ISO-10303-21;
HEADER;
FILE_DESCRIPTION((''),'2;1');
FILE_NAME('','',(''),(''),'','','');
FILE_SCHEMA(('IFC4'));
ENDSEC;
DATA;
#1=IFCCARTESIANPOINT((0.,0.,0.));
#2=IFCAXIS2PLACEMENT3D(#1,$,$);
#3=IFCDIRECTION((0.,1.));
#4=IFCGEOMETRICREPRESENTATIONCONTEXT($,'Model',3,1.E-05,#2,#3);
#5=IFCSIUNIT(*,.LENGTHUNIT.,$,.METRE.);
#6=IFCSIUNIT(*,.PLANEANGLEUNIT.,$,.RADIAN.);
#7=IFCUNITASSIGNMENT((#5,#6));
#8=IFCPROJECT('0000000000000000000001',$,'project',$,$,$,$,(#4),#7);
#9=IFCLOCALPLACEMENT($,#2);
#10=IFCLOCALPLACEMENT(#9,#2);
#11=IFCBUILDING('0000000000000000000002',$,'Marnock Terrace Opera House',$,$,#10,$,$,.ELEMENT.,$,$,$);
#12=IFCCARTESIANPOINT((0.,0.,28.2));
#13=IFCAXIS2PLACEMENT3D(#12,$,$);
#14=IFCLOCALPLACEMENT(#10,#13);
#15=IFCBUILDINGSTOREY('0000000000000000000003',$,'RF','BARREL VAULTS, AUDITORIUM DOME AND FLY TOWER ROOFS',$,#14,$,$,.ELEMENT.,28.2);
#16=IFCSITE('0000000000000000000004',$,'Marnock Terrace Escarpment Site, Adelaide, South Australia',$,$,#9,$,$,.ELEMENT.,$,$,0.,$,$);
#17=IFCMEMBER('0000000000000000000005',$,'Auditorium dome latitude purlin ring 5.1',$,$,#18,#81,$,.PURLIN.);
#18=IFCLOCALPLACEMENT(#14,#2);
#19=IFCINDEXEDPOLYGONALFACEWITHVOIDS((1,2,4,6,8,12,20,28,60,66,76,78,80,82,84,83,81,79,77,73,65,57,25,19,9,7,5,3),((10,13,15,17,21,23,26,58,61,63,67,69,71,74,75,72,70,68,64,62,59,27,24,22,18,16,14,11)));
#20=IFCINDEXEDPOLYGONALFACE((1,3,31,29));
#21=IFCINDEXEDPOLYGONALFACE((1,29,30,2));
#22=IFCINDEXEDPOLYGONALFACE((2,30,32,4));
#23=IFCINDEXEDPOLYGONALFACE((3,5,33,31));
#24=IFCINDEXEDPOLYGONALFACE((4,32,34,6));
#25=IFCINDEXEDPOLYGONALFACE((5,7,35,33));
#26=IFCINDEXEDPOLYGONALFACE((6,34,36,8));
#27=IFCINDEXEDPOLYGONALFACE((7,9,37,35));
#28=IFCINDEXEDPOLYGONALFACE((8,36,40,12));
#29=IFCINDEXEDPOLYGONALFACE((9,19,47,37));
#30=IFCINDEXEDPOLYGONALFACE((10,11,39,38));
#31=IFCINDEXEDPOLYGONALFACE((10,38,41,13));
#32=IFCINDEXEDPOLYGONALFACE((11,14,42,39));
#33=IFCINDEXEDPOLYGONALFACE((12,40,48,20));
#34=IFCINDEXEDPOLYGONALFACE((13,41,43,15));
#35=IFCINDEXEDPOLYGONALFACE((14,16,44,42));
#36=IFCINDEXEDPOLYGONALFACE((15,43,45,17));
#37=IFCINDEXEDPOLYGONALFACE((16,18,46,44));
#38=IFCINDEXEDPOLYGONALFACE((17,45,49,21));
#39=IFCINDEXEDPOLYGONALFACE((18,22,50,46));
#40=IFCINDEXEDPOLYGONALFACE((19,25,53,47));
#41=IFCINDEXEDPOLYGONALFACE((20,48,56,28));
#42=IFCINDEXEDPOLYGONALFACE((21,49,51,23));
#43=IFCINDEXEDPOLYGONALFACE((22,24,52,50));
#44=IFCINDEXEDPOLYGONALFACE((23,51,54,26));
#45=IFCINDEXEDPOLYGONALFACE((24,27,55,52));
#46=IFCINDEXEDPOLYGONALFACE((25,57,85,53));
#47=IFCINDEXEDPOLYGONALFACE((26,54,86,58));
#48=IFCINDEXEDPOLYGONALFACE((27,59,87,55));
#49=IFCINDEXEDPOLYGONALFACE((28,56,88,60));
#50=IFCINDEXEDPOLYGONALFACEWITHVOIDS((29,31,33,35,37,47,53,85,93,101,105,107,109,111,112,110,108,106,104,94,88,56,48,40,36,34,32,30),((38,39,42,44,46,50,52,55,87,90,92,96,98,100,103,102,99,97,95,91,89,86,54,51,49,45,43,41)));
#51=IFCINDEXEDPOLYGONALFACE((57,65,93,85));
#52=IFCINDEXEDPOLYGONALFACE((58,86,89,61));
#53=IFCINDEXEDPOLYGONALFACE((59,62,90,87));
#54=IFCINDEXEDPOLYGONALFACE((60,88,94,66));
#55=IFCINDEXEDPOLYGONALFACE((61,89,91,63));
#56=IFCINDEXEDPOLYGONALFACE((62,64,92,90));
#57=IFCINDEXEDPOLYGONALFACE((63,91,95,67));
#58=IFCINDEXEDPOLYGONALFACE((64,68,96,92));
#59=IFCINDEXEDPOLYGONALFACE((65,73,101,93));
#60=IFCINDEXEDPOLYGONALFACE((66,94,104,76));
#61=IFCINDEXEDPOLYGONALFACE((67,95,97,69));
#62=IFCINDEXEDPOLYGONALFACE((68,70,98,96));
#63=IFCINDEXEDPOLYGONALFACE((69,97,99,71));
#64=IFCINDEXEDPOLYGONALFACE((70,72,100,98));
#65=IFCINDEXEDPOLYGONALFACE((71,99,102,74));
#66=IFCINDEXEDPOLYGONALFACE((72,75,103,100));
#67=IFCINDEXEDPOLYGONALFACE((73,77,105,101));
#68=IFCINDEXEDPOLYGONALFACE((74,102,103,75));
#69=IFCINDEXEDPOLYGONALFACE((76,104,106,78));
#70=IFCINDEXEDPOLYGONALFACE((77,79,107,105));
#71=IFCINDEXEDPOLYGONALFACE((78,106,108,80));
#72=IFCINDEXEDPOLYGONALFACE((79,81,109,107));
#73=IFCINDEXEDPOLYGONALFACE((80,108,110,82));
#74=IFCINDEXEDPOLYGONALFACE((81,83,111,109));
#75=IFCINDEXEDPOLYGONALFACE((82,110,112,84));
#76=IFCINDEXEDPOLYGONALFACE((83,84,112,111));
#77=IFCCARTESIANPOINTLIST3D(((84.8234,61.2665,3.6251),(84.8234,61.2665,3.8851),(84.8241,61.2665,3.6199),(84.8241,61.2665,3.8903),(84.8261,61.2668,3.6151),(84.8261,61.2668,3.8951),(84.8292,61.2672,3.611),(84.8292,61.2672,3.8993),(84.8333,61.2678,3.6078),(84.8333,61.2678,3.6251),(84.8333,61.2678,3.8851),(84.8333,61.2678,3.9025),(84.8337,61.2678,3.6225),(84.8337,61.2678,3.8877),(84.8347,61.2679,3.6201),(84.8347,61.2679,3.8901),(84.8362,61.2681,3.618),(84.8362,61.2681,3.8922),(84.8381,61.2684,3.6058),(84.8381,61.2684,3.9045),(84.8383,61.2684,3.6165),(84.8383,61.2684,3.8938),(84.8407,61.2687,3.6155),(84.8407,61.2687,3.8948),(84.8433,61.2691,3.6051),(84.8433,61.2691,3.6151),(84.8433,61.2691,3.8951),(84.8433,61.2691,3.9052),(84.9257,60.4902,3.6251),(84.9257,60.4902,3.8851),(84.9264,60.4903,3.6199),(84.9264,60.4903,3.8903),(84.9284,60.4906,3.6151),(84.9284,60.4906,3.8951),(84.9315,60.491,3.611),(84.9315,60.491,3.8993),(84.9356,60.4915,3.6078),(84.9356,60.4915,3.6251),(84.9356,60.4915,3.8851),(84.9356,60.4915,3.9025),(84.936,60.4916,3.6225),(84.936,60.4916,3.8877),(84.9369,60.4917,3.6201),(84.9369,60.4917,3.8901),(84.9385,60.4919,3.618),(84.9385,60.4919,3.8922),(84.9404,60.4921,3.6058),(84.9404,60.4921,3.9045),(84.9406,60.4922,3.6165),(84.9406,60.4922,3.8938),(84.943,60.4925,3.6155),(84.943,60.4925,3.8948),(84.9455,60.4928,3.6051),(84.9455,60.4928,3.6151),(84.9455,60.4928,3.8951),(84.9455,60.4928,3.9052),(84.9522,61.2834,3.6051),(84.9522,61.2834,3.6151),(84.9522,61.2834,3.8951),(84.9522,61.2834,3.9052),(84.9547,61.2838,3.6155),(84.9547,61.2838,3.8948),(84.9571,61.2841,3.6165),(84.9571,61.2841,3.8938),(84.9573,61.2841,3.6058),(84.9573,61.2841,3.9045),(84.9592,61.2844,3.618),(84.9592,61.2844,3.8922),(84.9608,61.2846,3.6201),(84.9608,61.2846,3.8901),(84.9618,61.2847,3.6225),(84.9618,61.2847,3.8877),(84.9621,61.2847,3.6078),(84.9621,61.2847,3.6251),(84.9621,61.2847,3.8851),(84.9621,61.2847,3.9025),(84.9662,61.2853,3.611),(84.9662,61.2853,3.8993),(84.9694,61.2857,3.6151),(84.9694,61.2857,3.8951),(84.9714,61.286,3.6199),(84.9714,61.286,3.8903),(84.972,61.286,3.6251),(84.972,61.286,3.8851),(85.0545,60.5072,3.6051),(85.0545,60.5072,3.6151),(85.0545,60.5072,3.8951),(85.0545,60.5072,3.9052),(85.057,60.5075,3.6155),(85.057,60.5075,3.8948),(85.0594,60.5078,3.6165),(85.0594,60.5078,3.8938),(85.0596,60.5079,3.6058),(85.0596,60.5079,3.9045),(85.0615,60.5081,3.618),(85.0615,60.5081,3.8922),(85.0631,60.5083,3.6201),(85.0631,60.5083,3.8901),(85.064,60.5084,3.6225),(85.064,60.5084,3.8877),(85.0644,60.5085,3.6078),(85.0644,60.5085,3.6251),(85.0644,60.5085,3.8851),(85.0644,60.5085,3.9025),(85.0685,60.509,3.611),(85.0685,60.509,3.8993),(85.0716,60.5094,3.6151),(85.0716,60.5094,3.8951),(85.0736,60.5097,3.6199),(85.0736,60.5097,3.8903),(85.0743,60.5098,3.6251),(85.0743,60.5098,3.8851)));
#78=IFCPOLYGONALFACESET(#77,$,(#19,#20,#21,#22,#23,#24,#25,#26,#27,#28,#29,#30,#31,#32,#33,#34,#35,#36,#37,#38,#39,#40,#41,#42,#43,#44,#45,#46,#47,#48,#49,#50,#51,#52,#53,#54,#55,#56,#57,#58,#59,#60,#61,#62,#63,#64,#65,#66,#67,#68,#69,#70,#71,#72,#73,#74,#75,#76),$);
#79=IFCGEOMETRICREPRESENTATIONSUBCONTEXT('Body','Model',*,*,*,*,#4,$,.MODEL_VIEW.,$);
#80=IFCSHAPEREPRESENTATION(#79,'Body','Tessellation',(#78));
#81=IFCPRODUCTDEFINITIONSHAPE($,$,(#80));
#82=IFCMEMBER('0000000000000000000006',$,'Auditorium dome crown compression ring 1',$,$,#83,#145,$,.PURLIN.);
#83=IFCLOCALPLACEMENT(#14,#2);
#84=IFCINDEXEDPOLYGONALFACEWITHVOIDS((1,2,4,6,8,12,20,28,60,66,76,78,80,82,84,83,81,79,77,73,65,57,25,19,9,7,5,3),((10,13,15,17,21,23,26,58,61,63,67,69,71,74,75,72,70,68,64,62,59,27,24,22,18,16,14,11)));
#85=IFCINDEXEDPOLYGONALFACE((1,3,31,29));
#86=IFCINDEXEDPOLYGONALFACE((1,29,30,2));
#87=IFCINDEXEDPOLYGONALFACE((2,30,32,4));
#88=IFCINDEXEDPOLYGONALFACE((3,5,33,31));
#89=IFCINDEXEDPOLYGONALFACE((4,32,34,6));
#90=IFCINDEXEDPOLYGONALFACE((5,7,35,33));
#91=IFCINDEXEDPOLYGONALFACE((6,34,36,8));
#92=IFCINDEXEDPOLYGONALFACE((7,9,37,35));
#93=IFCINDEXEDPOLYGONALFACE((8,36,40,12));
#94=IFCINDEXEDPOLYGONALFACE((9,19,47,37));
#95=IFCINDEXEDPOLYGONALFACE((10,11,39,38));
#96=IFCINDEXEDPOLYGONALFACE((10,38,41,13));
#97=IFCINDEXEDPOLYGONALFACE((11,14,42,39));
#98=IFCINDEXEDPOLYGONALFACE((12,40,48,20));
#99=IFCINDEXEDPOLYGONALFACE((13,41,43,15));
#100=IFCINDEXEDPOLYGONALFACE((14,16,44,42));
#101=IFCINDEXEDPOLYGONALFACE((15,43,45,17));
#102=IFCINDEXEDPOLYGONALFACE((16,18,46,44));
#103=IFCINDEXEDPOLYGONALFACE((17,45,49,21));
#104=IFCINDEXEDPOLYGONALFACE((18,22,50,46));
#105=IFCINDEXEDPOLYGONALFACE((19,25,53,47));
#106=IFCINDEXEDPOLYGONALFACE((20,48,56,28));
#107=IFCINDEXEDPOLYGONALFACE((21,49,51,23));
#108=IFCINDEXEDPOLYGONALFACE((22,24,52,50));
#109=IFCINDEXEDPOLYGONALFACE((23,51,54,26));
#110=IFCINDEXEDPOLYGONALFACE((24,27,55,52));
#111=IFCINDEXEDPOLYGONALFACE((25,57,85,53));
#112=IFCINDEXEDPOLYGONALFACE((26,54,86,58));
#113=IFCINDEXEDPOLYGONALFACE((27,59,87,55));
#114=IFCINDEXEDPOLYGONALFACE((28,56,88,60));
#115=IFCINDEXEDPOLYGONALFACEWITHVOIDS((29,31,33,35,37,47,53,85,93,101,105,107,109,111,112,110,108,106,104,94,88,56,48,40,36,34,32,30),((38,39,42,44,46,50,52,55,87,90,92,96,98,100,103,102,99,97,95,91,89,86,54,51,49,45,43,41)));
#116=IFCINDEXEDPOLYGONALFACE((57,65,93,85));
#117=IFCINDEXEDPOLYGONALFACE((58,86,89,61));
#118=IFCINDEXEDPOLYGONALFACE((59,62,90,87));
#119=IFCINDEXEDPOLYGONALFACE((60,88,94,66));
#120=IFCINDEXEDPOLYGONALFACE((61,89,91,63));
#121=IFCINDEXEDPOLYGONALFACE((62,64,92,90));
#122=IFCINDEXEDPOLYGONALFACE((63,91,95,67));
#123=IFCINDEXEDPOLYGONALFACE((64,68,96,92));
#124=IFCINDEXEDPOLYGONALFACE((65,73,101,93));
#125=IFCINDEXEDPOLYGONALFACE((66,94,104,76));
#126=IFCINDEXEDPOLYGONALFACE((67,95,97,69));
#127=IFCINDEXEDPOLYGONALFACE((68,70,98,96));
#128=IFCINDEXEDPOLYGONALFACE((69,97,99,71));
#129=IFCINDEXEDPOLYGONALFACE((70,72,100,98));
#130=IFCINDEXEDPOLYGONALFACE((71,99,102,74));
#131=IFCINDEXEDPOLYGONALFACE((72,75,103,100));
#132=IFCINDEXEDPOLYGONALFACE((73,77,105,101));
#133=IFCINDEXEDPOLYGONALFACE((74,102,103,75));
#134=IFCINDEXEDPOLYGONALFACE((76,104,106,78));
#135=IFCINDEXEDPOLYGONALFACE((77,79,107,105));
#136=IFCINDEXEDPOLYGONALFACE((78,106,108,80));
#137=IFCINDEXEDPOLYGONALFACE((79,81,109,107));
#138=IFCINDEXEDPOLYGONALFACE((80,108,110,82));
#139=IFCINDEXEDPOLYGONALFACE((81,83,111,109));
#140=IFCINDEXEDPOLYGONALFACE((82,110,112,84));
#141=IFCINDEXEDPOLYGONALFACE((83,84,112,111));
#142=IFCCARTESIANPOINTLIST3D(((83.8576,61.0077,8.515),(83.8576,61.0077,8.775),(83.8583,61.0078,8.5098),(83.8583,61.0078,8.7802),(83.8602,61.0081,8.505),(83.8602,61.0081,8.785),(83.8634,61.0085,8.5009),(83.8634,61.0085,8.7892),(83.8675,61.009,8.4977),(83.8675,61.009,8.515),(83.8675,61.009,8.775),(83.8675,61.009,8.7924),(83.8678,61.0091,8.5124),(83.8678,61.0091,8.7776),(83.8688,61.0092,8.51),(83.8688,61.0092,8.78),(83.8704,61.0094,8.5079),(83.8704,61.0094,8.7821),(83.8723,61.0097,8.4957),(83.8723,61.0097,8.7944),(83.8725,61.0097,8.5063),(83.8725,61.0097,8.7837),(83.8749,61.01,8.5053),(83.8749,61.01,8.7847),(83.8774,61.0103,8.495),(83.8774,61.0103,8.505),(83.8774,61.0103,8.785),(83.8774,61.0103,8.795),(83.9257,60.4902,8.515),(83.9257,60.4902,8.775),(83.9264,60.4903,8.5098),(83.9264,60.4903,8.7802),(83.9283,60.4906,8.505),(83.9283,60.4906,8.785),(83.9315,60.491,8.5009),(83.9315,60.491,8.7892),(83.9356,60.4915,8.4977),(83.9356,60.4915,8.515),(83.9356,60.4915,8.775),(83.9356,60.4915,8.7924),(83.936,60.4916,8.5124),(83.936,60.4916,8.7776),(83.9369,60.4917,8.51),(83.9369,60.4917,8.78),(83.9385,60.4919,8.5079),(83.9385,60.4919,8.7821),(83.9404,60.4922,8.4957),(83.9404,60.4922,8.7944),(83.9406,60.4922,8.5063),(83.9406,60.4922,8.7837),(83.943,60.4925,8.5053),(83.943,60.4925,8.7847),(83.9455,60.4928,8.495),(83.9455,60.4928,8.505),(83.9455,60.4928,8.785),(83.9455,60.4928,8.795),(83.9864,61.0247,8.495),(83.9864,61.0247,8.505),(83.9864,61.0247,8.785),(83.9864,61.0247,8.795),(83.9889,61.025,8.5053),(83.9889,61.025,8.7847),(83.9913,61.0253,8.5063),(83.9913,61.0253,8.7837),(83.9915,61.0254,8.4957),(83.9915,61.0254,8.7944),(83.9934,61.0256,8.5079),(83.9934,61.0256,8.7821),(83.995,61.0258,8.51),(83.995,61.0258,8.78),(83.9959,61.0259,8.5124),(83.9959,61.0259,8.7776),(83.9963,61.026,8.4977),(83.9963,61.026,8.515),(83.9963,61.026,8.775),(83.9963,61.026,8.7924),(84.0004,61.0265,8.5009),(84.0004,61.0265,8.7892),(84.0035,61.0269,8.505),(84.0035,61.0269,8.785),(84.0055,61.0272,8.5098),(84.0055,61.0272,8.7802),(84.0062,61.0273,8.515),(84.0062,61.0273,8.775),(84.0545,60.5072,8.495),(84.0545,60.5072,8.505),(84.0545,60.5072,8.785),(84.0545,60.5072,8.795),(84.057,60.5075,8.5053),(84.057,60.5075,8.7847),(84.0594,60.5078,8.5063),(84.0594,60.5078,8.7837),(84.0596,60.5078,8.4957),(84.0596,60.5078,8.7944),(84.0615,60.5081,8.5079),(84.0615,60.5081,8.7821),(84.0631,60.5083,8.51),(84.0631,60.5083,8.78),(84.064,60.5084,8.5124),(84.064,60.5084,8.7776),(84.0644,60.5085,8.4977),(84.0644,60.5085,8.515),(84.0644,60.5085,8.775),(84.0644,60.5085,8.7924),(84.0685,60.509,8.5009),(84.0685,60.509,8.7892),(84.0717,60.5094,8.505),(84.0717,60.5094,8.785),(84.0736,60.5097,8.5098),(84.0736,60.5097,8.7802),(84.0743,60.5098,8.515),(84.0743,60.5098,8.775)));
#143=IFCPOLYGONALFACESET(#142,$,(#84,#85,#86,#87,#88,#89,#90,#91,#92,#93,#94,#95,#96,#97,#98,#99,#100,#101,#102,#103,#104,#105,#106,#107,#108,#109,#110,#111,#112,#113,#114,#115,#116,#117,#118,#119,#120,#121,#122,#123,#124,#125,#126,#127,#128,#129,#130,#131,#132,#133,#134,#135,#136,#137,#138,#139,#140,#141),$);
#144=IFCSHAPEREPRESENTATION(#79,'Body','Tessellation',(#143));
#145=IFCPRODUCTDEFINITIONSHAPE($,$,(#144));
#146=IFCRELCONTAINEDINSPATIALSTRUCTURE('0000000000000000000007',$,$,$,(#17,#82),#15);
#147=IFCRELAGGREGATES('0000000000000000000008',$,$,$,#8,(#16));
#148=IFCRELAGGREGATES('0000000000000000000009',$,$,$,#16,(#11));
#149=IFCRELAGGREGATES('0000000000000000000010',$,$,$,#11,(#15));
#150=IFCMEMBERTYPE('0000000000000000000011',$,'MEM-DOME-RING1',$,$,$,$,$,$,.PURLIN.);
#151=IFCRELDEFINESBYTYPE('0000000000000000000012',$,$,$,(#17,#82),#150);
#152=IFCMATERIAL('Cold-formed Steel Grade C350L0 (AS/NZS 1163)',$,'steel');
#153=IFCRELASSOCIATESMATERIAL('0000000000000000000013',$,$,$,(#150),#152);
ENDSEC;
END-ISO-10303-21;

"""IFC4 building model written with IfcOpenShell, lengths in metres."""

from ifc_helpers import new_model, si_unit, direction, frame, origin, origin_2d, place, context, subcontext, project, spatial, hollow_rectangle, extrude, material, material_profile, profile_set, type_object, element, save


model = new_model("IFC4")

# Units and contexts
model_context = context("Model", 3, precision=1e-05, world=origin(), true_north=direction((0.0, 1.0)))
body_context = subcontext(model_context, "Body", "Model", "MODEL_VIEW")
ifc_project = project(units=[si_unit("LENGTHUNIT", "METRE"), si_unit("PLANEANGLEUNIT", "RADIAN")], contexts=[model_context])

# Site, building, storey
site_placement = place(None, origin())
site = spatial("IfcSite", under=ifc_project, at=site_placement, Name="Marnock Terrace Escarpment Site, Adelaide, South Australia", CompositionType="ELEMENT", RefElevation=0.0)
building_placement = place(site_placement, origin())
building = spatial("IfcBuilding", under=site, at=building_placement, Name="Marnock Terrace Opera House", CompositionType="ELEMENT")
storey_placement = place(building_placement, frame((0.0, 0.0, 28.2)))
storey = spatial("IfcBuildingStorey", under=building, at=storey_placement, Name="RF", Description="BARREL VAULTS, AUDITORIUM DOME AND FLY TOWER ROOFS", CompositionType="ELEMENT", Elevation=28.2)

# Members
ifc_material_1 = material(Name="Cold-formed Steel Grade C350L0 (AS/NZS 1163)", Category="steel")
ifc_material_profile_1 = material_profile(ifc_material_1, hollow_rectangle(XDim=0.1499, YDim=0.3, WallThickness=0.01, InnerFilletRadius=0.01, OuterFilletRadius=0.02, at=origin_2d()))
ifc_profile_set_1 = profile_set([ifc_material_profile_1], Name="Cold-formed Steel Grade C350L0 (AS/NZS 1163)")
member_type_1 = type_object("IfcMemberType", Name="MEM-DOME-RING1", PredefinedType="PURLIN", material=ifc_profile_set_1)
member_1_placement = place(storey_placement, frame((85.0, 60.5, 3.7551), z_axis=(-0.130632, 0.991431, 0.0), x_axis=(-0.991431, -0.130632, 0.0)))
element("IfcMember", 1, at=member_1_placement, inside=storey, type_object=member_type_1, Name="Auditorium dome latitude purlin ring 5.1", PredefinedType="PURLIN", context=body_context, shape_type="SweptSolid", body=[
    extrude(hollow_rectangle(XDim=0.1499, YDim=0.3, WallThickness=0.01, InnerFilletRadius=0.01, OuterFilletRadius=0.02, at=origin_2d()), origin(), (0.0, 0.0, 1.0), 0.783),
])
member_2_placement = place(storey_placement, frame((84.0, 60.5, 8.645), z_axis=(-0.130479, 0.991451, 0.0), x_axis=(-0.991451, -0.130479, 0.0)))
element("IfcMember", 2, at=member_2_placement, inside=storey, type_object=member_type_1, Name="Auditorium dome crown compression ring 1", PredefinedType="PURLIN", context=body_context, shape_type="SweptSolid", body=[
    extrude(hollow_rectangle(XDim=0.1499, YDim=0.3, WallThickness=0.01, InnerFilletRadius=0.01, OuterFilletRadius=0.02, at=origin_2d()), origin(), (0.0, 0.0, 1.0), 0.522),
])

save(model, "model.ifc")
